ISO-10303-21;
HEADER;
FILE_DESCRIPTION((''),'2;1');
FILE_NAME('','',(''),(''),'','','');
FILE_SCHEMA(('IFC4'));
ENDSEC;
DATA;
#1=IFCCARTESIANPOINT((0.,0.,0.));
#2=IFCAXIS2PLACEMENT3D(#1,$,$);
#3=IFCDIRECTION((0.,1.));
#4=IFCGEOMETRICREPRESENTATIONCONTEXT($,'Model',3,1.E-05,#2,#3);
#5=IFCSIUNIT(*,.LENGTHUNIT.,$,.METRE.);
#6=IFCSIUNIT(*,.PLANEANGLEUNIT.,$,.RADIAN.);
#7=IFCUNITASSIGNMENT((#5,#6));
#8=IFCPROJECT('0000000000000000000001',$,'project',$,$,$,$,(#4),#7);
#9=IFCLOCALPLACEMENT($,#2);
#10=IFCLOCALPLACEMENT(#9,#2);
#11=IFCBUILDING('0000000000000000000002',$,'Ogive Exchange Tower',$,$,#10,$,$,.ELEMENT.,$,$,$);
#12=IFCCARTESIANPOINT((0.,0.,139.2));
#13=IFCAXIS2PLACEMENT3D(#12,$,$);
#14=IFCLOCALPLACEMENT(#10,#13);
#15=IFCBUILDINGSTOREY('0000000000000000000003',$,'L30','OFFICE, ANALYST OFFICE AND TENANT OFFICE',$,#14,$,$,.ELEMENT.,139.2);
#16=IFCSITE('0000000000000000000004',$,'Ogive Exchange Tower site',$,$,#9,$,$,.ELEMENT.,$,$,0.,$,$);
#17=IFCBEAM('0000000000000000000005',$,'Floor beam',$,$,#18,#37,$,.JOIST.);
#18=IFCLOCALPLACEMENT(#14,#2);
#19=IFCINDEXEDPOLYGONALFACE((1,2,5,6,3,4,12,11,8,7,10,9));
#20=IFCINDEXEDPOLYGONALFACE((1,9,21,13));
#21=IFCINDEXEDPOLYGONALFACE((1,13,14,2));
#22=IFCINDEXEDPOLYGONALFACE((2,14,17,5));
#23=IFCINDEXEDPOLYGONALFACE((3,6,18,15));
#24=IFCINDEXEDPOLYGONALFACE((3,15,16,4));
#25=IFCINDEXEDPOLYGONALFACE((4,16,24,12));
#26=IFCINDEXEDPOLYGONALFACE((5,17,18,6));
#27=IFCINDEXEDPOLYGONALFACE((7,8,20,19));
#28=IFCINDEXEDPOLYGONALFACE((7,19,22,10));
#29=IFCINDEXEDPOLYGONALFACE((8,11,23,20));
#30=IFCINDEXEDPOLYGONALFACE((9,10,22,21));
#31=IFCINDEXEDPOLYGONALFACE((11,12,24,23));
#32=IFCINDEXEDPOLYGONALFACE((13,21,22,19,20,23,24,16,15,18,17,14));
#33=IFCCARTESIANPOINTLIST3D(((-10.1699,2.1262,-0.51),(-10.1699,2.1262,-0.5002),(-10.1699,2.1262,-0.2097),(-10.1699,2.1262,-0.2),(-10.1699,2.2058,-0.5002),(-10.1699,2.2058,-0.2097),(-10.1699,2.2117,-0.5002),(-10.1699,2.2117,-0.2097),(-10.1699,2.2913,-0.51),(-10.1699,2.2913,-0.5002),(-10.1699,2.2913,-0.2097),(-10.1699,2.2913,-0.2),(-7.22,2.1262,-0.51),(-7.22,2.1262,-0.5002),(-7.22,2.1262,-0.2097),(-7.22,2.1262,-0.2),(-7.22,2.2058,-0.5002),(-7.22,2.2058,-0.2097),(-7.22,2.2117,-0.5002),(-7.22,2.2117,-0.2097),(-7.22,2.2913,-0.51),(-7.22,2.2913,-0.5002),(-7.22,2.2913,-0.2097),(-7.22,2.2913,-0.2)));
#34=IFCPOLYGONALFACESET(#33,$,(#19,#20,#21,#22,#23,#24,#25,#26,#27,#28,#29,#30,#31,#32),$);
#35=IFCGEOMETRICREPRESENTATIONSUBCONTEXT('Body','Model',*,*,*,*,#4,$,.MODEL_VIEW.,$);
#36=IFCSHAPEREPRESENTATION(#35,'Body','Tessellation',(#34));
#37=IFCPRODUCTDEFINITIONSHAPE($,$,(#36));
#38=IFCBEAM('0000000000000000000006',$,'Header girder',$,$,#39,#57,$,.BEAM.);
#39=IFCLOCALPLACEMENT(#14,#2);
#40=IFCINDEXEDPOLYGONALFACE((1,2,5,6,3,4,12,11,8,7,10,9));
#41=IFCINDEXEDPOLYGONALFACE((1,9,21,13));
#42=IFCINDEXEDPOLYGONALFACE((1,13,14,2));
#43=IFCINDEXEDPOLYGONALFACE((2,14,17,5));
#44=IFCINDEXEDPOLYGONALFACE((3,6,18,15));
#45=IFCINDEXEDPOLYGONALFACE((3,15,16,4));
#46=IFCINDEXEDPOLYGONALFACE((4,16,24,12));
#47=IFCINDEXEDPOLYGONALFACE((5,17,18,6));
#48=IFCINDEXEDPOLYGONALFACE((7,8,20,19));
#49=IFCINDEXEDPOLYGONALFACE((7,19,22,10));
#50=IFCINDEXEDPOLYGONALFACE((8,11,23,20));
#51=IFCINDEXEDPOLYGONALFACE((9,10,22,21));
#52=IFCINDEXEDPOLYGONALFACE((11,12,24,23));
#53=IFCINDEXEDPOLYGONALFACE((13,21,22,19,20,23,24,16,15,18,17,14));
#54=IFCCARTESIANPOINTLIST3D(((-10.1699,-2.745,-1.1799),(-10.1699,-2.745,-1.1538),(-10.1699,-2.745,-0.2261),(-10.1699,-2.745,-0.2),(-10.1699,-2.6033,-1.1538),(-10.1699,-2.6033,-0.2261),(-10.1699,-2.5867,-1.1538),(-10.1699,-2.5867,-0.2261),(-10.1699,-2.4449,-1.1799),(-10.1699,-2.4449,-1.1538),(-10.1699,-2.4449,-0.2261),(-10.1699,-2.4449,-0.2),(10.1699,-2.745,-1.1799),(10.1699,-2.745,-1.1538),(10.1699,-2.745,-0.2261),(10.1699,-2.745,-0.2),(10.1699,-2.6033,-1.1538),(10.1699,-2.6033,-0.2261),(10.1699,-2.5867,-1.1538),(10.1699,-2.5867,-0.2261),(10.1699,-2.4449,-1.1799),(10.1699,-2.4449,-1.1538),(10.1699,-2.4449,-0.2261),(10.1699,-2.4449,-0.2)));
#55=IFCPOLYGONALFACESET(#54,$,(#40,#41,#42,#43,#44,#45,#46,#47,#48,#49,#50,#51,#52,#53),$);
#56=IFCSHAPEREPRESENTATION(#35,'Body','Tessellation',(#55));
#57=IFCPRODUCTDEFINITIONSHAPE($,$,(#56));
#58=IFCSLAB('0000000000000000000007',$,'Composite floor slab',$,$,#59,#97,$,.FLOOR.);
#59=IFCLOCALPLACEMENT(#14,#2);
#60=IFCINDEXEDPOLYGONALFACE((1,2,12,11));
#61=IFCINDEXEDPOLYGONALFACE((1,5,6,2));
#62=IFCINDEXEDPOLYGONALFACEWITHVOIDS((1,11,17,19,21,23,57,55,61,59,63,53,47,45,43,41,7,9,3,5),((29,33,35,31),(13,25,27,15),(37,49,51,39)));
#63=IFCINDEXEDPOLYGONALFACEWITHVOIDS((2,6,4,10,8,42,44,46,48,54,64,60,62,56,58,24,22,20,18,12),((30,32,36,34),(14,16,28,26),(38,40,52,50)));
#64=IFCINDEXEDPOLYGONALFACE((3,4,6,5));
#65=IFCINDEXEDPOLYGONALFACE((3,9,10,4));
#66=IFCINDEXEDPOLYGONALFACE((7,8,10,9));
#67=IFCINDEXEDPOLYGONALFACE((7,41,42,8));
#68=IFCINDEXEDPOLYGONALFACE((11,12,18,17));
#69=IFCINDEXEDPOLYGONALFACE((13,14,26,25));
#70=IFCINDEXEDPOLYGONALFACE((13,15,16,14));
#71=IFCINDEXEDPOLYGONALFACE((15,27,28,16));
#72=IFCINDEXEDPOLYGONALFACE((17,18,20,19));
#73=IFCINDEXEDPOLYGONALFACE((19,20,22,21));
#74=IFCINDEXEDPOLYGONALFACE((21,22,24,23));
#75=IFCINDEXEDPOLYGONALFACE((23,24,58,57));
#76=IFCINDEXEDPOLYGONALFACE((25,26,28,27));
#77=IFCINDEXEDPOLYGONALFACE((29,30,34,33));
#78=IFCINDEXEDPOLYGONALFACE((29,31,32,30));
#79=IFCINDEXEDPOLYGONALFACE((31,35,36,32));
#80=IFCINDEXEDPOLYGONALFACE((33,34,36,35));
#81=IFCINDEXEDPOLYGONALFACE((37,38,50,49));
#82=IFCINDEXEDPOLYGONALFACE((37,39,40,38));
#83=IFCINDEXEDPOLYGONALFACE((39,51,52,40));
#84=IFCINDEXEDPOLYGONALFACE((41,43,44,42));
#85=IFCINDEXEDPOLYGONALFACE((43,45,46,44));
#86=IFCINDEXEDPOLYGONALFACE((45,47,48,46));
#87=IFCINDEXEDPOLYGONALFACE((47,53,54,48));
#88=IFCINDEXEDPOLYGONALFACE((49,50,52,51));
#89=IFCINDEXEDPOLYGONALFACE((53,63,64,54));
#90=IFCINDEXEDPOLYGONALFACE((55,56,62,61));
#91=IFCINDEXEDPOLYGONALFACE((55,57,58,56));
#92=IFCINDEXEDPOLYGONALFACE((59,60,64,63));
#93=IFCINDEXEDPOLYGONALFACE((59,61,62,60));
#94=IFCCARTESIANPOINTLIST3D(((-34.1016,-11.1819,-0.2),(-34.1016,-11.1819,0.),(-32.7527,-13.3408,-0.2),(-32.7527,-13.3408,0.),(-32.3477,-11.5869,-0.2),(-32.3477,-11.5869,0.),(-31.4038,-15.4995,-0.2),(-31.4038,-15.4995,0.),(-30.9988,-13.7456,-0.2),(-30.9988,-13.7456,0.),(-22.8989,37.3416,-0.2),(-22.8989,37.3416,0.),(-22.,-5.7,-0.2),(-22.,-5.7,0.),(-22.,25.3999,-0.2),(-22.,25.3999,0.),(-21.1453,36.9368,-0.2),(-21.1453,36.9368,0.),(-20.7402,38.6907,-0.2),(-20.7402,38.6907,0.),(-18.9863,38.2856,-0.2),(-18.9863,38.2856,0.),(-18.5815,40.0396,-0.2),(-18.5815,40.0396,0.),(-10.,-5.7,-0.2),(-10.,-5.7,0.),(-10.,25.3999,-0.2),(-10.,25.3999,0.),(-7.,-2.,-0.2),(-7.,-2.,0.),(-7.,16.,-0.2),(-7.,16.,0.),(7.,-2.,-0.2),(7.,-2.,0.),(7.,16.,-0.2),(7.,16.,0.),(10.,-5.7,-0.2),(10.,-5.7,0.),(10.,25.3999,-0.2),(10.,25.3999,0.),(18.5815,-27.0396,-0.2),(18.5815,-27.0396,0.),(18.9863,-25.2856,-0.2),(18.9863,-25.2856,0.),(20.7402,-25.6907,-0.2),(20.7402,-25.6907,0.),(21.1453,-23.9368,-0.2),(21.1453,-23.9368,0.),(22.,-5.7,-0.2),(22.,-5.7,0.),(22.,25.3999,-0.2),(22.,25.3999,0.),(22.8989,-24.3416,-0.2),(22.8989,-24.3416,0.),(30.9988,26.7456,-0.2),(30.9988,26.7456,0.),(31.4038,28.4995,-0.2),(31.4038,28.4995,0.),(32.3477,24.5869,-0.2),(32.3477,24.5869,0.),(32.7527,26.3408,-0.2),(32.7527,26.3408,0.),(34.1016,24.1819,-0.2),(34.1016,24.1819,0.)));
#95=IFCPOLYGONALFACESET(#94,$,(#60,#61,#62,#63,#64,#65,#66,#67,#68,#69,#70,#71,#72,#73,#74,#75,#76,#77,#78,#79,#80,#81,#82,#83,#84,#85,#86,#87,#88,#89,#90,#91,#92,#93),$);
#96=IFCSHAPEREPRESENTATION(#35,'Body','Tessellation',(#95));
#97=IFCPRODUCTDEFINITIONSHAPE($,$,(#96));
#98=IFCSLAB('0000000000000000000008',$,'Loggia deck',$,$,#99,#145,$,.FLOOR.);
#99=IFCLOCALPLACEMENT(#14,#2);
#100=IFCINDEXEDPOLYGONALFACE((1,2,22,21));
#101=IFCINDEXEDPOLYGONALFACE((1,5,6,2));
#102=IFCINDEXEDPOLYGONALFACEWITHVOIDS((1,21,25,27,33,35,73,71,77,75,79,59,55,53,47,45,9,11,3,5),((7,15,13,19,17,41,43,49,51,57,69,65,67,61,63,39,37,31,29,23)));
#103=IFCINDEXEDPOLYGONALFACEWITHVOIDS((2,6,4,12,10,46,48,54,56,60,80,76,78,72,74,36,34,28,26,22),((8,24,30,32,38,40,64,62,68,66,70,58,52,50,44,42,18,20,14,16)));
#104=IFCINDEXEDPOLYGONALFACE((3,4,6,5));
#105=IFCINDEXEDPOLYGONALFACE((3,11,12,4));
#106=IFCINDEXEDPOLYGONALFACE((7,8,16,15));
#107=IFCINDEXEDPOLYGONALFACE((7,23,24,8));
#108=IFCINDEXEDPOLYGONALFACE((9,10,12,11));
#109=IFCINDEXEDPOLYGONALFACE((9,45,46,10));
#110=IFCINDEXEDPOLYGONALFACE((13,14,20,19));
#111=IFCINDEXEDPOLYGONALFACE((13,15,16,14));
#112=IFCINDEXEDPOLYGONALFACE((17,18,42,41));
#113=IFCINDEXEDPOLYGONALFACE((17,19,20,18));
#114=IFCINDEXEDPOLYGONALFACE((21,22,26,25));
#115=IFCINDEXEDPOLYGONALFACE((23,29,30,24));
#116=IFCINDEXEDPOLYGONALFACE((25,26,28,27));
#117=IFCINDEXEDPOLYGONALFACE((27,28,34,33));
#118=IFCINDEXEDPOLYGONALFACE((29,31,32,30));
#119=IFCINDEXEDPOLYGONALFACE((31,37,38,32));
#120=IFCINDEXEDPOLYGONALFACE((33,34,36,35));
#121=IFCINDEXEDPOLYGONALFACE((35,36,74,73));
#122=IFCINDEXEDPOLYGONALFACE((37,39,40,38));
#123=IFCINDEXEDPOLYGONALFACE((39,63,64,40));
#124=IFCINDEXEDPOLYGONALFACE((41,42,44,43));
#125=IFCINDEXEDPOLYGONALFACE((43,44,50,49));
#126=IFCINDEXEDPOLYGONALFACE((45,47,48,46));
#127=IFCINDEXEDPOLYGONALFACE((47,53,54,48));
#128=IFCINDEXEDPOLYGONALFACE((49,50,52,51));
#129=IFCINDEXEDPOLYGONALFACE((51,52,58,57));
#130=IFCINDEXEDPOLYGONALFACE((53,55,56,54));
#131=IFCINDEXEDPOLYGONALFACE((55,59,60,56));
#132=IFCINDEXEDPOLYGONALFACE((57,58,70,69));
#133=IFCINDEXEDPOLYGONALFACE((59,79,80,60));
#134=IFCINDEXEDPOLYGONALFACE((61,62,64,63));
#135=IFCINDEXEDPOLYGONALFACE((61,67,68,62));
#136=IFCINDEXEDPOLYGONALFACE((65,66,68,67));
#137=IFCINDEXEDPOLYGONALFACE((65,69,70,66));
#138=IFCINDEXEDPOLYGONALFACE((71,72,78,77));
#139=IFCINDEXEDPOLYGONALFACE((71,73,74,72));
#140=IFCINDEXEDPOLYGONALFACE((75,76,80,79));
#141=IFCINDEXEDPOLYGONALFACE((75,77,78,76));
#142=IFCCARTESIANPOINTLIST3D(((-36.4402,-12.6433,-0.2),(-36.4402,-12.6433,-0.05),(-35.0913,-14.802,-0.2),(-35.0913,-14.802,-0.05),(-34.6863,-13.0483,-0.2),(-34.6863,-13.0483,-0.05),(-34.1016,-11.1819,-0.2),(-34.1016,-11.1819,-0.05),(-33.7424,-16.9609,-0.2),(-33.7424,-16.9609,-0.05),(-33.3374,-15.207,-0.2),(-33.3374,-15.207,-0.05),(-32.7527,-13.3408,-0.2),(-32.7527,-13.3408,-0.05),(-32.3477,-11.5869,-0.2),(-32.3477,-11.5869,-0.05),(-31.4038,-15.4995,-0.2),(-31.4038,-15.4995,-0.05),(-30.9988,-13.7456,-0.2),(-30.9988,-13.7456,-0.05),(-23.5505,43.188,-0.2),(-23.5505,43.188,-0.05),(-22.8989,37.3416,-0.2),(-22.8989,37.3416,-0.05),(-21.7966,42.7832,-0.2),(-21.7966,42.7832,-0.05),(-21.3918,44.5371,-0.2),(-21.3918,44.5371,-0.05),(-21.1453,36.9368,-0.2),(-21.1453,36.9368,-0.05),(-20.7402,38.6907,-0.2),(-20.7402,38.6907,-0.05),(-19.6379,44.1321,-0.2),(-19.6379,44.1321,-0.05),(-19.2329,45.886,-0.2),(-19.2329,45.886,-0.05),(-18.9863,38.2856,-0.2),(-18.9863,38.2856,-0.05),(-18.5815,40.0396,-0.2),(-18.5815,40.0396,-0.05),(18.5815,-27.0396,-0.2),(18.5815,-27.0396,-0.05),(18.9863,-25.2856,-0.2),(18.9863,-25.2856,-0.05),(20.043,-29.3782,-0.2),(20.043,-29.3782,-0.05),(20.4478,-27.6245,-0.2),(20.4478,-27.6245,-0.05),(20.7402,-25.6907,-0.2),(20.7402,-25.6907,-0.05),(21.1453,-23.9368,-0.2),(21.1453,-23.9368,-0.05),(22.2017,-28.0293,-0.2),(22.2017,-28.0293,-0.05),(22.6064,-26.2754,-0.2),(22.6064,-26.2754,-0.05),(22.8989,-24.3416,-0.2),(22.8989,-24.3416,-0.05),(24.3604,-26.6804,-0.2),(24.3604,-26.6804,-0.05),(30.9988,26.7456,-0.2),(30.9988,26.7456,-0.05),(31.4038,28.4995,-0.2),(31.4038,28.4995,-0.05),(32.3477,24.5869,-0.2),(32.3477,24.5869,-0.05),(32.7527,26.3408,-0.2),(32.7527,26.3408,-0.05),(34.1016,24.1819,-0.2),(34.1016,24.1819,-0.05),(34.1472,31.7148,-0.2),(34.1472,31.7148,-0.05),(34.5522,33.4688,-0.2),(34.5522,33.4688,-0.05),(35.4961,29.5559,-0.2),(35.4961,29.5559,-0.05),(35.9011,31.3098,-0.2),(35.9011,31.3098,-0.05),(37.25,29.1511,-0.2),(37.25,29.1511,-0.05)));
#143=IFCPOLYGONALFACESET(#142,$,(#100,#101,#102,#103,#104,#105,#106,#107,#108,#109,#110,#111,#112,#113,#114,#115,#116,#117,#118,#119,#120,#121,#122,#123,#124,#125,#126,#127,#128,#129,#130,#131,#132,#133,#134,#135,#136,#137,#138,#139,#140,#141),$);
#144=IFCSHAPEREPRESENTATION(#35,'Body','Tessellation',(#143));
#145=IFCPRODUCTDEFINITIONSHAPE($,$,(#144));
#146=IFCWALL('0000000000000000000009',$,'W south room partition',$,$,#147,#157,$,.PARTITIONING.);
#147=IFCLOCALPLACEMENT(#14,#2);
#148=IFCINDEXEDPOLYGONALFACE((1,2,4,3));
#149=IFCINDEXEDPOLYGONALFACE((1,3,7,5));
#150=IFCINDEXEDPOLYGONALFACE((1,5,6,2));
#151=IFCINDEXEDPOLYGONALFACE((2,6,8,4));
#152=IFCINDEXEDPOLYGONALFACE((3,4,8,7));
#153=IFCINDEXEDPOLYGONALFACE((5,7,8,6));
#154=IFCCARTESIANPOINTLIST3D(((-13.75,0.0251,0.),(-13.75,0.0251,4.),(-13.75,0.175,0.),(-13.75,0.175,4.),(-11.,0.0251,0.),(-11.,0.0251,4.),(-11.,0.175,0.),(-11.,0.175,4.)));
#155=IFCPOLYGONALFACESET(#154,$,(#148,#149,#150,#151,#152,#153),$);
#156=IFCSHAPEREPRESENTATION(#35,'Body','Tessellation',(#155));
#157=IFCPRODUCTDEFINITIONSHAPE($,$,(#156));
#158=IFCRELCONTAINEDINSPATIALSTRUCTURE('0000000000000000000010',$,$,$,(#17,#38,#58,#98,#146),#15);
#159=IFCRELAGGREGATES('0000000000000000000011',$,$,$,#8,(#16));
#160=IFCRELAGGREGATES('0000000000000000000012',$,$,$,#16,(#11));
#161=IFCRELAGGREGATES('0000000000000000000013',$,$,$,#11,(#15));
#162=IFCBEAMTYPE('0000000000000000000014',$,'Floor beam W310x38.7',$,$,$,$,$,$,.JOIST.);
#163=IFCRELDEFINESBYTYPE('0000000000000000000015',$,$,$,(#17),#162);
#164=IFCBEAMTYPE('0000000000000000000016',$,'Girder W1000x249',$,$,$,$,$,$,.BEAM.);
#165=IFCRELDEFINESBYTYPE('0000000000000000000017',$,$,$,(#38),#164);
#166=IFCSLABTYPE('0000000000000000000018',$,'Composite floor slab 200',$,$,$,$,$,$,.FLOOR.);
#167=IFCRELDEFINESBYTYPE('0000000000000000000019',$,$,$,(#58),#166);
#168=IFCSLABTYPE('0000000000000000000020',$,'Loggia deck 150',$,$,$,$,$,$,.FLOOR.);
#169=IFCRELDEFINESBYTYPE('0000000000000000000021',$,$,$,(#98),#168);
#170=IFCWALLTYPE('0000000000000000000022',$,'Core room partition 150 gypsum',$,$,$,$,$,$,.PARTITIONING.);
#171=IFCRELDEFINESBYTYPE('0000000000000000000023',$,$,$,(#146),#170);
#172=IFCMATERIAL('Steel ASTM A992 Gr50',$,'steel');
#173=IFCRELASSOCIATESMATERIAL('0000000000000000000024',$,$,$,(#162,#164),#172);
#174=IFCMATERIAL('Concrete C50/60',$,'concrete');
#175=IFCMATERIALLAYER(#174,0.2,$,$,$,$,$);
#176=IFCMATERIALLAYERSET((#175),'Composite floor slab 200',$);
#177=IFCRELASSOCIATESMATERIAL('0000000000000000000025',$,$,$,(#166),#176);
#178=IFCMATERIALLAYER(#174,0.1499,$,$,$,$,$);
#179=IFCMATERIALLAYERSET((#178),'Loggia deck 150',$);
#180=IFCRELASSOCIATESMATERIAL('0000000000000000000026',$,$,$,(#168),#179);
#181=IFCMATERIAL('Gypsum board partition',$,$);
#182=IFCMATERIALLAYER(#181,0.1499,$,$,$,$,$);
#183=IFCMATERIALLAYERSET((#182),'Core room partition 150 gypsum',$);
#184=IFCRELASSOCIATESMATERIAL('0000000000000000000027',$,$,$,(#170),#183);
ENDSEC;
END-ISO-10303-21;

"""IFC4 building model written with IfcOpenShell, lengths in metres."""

from ifc_helpers import new_model, si_unit, direction, frame, frame_2d, origin, origin_2d, place, context, subcontext, project, spatial, polyline, rectangle, i_section, outline, extrude, material, layer, layer_set, material_profile, profile_set, type_object, element, save


model = new_model("IFC4")

# Units and contexts
model_context = context("Model", 3, precision=1e-05, world=origin(), true_north=direction((0.0, 1.0)))
body_context = subcontext(model_context, "Body", "Model", "MODEL_VIEW")
ifc_project = project(units=[si_unit("LENGTHUNIT", "METRE"), si_unit("PLANEANGLEUNIT", "RADIAN")], contexts=[model_context])

# Site, building, storey
site_placement = place(None, origin())
site = spatial("IfcSite", under=ifc_project, at=site_placement, Name="Ogive Exchange Tower site", CompositionType="ELEMENT", RefElevation=0.0)
building_placement = place(site_placement, origin())
building = spatial("IfcBuilding", under=site, at=building_placement, Name="Ogive Exchange Tower", CompositionType="ELEMENT")
storey_placement = place(building_placement, frame((0.0, 0.0, 139.2)))
storey = spatial("IfcBuildingStorey", under=building, at=storey_placement, Name="L30", Description="OFFICE, ANALYST OFFICE AND TENANT OFFICE", CompositionType="ELEMENT", Elevation=139.2)

# Beams
ifc_material_1 = material(Name="Steel ASTM A992 Gr50", Category="steel")
ifc_material_profile_1 = material_profile(ifc_material_1, i_section(OverallWidth=0.165, OverallDepth=0.3101, WebThickness=0.0059, FlangeThickness=0.0098, at=origin_2d()), Name="W310x38.7")
ifc_profile_set_1 = profile_set([ifc_material_profile_1], Name="Steel ASTM A992 Gr50")
beam_type_1 = type_object("IfcBeamType", Name="Floor beam W310x38.7", PredefinedType="JOIST", material=ifc_profile_set_1)
beam_1_placement = place(storey_placement, frame((-10.1699, 2.2087, -0.355), z_axis=(1.0, 0.0, 0.0), x_axis=(0.0, 1.0, 0.0)))
element("IfcBeam", 1, at=beam_1_placement, inside=storey, type_object=beam_type_1, Name="Floor beam", PredefinedType="JOIST", context=body_context, shape_type="SweptSolid", body=[
    extrude(i_section(OverallWidth=0.165, OverallDepth=0.3101, WebThickness=0.0059, FlangeThickness=0.0098, at=origin_2d()), origin(), (0.0, 0.0, 1.0), 2.95),
])
ifc_material_profile_2 = material_profile(ifc_material_1, i_section(OverallWidth=0.3, OverallDepth=0.98, WebThickness=0.0166, FlangeThickness=0.0261, at=origin_2d()), Name="W1000x249")
ifc_profile_set_2 = profile_set([ifc_material_profile_2], Name="Steel ASTM A992 Gr50")
beam_type_2 = type_object("IfcBeamType", Name="Girder W1000x249", PredefinedType="BEAM", material=ifc_profile_set_2)
beam_2_placement = place(storey_placement, frame((-10.1699, -2.595, -0.6899), z_axis=(1.0, 0.0, 0.0), x_axis=(0.0, 1.0, 0.0)))
element("IfcBeam", 2, at=beam_2_placement, inside=storey, type_object=beam_type_2, Name="Header girder", PredefinedType="BEAM", context=body_context, shape_type="SweptSolid", body=[
    extrude(i_section(OverallWidth=0.3, OverallDepth=0.98, WebThickness=0.0166, FlangeThickness=0.0261, at=origin_2d()), origin(), (0.0, 0.0, 1.0), 20.3398),
])

# Slabs
ifc_material_2 = material(Name="Concrete C50/60", Category="concrete")
ifc_layer_1 = layer(ifc_material_2, 0.2)
ifc_layer_set_1 = layer_set([ifc_layer_1], Name="Composite floor slab 200")
slab_type_1 = type_object("IfcSlabType", Name="Composite floor slab 200", PredefinedType="FLOOR", material=ifc_layer_set_1)
slab_1_placement = place(storey_placement, frame((0.0, 0.0, -0.2)))
element("IfcSlab", 3, at=slab_1_placement, inside=storey, type_object=slab_type_1, Name="Composite floor slab", PredefinedType="FLOOR", context=body_context, shape_type="SweptSolid", body=[
    extrude(outline(polyline([(-30.9988, -13.7456), (-32.7527, -13.3408), (-32.3477, -11.5869), (-34.1016, -11.1819), (-22.8989, 37.3416), (-21.1453, 36.9368), (-20.7402, 38.6907), (-18.9863, 38.2856), (-18.5815, 40.0396), (31.4038, 28.4995), (30.9988, 26.7456), (32.7527, 26.3408), (32.3477, 24.5869), (34.1016, 24.1819), (22.8989, -24.3416), (21.1453, -23.9368), (20.7402, -25.6907), (18.9863, -25.2856), (18.5815, -27.0396), (-31.4038, -15.4995), (-30.9988, -13.7456)]), holes=[polyline([(7.0, -2.0), (7.0, 16.0), (-7.0, 16.0), (-7.0, -2.0), (7.0, -2.0)]), polyline([(-22.0, -5.7), (-10.0, -5.7), (-10.0, 25.3999), (-22.0, 25.3999), (-22.0, -5.7)]), polyline([(10.0, -5.7), (22.0, -5.7), (22.0, 25.3999), (10.0, 25.3999), (10.0, -5.7)])]), origin(), (0.0, 0.0, 1.0), 0.2),
])
ifc_layer_2 = layer(ifc_material_2, 0.1499)
ifc_layer_set_2 = layer_set([ifc_layer_2], Name="Loggia deck 150")
slab_type_2 = type_object("IfcSlabType", Name="Loggia deck 150", PredefinedType="FLOOR", material=ifc_layer_set_2)
slab_2_placement = place(storey_placement, frame((0.0, 0.0, -0.2)))
element("IfcSlab", 4, at=slab_2_placement, inside=storey, type_object=slab_type_2, Name="Loggia deck", PredefinedType="FLOOR", context=body_context, shape_type="SweptSolid", body=[
    extrude(outline(polyline([(-33.3374, -15.207), (-35.0913, -14.802), (-34.6863, -13.0483), (-36.4402, -12.6433), (-23.5505, 43.188), (-21.7966, 42.7832), (-21.3918, 44.5371), (-19.6379, 44.1321), (-19.2329, 45.886), (34.5522, 33.4688), (34.1472, 31.7148), (35.9011, 31.3098), (35.4961, 29.5559), (37.25, 29.1511), (24.3604, -26.6804), (22.6064, -26.2754), (22.2017, -28.0293), (20.4478, -27.6245), (20.043, -29.3782), (-33.7424, -16.9609), (-33.3374, -15.207)]), holes=[polyline([(18.9863, -25.2856), (20.7402, -25.6907), (21.1453, -23.9368), (22.8989, -24.3416), (34.1016, 24.1819), (32.3477, 24.5869), (32.7527, 26.3408), (30.9988, 26.7456), (31.4038, 28.4995), (-18.5815, 40.0396), (-18.9863, 38.2856), (-20.7402, 38.6907), (-21.1453, 36.9368), (-22.8989, 37.3416), (-34.1016, -11.1819), (-32.3477, -11.5869), (-32.7527, -13.3408), (-30.9988, -13.7456), (-31.4038, -15.4995), (18.5815, -27.0396), (18.9863, -25.2856)])]), origin(), (0.0, 0.0, 1.0), 0.1499),
])

# Wall
ifc_material_3 = material(Name="Gypsum board partition")
ifc_layer_3 = layer(ifc_material_3, 0.1499)
ifc_layer_set_3 = layer_set([ifc_layer_3], Name="Core room partition 150 gypsum")
wall_type_1 = type_object("IfcWallType", Name="Core room partition 150 gypsum", PredefinedType="PARTITIONING", material=ifc_layer_set_3)
wall_1_placement = place(storey_placement, frame((-13.75, 0.1001, 0.0), z_axis=(0.0, 0.0, 1.0), x_axis=(1.0, 0.0, 0.0)))
element("IfcWall", 5, at=wall_1_placement, inside=storey, type_object=wall_type_1, Name="W south room partition", PredefinedType="PARTITIONING", context=body_context, shape_type="SweptSolid", body=[
    extrude(rectangle(XDim=2.75, YDim=0.1499, at=frame_2d((1.375, 0.0))), origin(), (0.0, 0.0, 1.0), 4.0),
])

save(model, "model.ifc")
